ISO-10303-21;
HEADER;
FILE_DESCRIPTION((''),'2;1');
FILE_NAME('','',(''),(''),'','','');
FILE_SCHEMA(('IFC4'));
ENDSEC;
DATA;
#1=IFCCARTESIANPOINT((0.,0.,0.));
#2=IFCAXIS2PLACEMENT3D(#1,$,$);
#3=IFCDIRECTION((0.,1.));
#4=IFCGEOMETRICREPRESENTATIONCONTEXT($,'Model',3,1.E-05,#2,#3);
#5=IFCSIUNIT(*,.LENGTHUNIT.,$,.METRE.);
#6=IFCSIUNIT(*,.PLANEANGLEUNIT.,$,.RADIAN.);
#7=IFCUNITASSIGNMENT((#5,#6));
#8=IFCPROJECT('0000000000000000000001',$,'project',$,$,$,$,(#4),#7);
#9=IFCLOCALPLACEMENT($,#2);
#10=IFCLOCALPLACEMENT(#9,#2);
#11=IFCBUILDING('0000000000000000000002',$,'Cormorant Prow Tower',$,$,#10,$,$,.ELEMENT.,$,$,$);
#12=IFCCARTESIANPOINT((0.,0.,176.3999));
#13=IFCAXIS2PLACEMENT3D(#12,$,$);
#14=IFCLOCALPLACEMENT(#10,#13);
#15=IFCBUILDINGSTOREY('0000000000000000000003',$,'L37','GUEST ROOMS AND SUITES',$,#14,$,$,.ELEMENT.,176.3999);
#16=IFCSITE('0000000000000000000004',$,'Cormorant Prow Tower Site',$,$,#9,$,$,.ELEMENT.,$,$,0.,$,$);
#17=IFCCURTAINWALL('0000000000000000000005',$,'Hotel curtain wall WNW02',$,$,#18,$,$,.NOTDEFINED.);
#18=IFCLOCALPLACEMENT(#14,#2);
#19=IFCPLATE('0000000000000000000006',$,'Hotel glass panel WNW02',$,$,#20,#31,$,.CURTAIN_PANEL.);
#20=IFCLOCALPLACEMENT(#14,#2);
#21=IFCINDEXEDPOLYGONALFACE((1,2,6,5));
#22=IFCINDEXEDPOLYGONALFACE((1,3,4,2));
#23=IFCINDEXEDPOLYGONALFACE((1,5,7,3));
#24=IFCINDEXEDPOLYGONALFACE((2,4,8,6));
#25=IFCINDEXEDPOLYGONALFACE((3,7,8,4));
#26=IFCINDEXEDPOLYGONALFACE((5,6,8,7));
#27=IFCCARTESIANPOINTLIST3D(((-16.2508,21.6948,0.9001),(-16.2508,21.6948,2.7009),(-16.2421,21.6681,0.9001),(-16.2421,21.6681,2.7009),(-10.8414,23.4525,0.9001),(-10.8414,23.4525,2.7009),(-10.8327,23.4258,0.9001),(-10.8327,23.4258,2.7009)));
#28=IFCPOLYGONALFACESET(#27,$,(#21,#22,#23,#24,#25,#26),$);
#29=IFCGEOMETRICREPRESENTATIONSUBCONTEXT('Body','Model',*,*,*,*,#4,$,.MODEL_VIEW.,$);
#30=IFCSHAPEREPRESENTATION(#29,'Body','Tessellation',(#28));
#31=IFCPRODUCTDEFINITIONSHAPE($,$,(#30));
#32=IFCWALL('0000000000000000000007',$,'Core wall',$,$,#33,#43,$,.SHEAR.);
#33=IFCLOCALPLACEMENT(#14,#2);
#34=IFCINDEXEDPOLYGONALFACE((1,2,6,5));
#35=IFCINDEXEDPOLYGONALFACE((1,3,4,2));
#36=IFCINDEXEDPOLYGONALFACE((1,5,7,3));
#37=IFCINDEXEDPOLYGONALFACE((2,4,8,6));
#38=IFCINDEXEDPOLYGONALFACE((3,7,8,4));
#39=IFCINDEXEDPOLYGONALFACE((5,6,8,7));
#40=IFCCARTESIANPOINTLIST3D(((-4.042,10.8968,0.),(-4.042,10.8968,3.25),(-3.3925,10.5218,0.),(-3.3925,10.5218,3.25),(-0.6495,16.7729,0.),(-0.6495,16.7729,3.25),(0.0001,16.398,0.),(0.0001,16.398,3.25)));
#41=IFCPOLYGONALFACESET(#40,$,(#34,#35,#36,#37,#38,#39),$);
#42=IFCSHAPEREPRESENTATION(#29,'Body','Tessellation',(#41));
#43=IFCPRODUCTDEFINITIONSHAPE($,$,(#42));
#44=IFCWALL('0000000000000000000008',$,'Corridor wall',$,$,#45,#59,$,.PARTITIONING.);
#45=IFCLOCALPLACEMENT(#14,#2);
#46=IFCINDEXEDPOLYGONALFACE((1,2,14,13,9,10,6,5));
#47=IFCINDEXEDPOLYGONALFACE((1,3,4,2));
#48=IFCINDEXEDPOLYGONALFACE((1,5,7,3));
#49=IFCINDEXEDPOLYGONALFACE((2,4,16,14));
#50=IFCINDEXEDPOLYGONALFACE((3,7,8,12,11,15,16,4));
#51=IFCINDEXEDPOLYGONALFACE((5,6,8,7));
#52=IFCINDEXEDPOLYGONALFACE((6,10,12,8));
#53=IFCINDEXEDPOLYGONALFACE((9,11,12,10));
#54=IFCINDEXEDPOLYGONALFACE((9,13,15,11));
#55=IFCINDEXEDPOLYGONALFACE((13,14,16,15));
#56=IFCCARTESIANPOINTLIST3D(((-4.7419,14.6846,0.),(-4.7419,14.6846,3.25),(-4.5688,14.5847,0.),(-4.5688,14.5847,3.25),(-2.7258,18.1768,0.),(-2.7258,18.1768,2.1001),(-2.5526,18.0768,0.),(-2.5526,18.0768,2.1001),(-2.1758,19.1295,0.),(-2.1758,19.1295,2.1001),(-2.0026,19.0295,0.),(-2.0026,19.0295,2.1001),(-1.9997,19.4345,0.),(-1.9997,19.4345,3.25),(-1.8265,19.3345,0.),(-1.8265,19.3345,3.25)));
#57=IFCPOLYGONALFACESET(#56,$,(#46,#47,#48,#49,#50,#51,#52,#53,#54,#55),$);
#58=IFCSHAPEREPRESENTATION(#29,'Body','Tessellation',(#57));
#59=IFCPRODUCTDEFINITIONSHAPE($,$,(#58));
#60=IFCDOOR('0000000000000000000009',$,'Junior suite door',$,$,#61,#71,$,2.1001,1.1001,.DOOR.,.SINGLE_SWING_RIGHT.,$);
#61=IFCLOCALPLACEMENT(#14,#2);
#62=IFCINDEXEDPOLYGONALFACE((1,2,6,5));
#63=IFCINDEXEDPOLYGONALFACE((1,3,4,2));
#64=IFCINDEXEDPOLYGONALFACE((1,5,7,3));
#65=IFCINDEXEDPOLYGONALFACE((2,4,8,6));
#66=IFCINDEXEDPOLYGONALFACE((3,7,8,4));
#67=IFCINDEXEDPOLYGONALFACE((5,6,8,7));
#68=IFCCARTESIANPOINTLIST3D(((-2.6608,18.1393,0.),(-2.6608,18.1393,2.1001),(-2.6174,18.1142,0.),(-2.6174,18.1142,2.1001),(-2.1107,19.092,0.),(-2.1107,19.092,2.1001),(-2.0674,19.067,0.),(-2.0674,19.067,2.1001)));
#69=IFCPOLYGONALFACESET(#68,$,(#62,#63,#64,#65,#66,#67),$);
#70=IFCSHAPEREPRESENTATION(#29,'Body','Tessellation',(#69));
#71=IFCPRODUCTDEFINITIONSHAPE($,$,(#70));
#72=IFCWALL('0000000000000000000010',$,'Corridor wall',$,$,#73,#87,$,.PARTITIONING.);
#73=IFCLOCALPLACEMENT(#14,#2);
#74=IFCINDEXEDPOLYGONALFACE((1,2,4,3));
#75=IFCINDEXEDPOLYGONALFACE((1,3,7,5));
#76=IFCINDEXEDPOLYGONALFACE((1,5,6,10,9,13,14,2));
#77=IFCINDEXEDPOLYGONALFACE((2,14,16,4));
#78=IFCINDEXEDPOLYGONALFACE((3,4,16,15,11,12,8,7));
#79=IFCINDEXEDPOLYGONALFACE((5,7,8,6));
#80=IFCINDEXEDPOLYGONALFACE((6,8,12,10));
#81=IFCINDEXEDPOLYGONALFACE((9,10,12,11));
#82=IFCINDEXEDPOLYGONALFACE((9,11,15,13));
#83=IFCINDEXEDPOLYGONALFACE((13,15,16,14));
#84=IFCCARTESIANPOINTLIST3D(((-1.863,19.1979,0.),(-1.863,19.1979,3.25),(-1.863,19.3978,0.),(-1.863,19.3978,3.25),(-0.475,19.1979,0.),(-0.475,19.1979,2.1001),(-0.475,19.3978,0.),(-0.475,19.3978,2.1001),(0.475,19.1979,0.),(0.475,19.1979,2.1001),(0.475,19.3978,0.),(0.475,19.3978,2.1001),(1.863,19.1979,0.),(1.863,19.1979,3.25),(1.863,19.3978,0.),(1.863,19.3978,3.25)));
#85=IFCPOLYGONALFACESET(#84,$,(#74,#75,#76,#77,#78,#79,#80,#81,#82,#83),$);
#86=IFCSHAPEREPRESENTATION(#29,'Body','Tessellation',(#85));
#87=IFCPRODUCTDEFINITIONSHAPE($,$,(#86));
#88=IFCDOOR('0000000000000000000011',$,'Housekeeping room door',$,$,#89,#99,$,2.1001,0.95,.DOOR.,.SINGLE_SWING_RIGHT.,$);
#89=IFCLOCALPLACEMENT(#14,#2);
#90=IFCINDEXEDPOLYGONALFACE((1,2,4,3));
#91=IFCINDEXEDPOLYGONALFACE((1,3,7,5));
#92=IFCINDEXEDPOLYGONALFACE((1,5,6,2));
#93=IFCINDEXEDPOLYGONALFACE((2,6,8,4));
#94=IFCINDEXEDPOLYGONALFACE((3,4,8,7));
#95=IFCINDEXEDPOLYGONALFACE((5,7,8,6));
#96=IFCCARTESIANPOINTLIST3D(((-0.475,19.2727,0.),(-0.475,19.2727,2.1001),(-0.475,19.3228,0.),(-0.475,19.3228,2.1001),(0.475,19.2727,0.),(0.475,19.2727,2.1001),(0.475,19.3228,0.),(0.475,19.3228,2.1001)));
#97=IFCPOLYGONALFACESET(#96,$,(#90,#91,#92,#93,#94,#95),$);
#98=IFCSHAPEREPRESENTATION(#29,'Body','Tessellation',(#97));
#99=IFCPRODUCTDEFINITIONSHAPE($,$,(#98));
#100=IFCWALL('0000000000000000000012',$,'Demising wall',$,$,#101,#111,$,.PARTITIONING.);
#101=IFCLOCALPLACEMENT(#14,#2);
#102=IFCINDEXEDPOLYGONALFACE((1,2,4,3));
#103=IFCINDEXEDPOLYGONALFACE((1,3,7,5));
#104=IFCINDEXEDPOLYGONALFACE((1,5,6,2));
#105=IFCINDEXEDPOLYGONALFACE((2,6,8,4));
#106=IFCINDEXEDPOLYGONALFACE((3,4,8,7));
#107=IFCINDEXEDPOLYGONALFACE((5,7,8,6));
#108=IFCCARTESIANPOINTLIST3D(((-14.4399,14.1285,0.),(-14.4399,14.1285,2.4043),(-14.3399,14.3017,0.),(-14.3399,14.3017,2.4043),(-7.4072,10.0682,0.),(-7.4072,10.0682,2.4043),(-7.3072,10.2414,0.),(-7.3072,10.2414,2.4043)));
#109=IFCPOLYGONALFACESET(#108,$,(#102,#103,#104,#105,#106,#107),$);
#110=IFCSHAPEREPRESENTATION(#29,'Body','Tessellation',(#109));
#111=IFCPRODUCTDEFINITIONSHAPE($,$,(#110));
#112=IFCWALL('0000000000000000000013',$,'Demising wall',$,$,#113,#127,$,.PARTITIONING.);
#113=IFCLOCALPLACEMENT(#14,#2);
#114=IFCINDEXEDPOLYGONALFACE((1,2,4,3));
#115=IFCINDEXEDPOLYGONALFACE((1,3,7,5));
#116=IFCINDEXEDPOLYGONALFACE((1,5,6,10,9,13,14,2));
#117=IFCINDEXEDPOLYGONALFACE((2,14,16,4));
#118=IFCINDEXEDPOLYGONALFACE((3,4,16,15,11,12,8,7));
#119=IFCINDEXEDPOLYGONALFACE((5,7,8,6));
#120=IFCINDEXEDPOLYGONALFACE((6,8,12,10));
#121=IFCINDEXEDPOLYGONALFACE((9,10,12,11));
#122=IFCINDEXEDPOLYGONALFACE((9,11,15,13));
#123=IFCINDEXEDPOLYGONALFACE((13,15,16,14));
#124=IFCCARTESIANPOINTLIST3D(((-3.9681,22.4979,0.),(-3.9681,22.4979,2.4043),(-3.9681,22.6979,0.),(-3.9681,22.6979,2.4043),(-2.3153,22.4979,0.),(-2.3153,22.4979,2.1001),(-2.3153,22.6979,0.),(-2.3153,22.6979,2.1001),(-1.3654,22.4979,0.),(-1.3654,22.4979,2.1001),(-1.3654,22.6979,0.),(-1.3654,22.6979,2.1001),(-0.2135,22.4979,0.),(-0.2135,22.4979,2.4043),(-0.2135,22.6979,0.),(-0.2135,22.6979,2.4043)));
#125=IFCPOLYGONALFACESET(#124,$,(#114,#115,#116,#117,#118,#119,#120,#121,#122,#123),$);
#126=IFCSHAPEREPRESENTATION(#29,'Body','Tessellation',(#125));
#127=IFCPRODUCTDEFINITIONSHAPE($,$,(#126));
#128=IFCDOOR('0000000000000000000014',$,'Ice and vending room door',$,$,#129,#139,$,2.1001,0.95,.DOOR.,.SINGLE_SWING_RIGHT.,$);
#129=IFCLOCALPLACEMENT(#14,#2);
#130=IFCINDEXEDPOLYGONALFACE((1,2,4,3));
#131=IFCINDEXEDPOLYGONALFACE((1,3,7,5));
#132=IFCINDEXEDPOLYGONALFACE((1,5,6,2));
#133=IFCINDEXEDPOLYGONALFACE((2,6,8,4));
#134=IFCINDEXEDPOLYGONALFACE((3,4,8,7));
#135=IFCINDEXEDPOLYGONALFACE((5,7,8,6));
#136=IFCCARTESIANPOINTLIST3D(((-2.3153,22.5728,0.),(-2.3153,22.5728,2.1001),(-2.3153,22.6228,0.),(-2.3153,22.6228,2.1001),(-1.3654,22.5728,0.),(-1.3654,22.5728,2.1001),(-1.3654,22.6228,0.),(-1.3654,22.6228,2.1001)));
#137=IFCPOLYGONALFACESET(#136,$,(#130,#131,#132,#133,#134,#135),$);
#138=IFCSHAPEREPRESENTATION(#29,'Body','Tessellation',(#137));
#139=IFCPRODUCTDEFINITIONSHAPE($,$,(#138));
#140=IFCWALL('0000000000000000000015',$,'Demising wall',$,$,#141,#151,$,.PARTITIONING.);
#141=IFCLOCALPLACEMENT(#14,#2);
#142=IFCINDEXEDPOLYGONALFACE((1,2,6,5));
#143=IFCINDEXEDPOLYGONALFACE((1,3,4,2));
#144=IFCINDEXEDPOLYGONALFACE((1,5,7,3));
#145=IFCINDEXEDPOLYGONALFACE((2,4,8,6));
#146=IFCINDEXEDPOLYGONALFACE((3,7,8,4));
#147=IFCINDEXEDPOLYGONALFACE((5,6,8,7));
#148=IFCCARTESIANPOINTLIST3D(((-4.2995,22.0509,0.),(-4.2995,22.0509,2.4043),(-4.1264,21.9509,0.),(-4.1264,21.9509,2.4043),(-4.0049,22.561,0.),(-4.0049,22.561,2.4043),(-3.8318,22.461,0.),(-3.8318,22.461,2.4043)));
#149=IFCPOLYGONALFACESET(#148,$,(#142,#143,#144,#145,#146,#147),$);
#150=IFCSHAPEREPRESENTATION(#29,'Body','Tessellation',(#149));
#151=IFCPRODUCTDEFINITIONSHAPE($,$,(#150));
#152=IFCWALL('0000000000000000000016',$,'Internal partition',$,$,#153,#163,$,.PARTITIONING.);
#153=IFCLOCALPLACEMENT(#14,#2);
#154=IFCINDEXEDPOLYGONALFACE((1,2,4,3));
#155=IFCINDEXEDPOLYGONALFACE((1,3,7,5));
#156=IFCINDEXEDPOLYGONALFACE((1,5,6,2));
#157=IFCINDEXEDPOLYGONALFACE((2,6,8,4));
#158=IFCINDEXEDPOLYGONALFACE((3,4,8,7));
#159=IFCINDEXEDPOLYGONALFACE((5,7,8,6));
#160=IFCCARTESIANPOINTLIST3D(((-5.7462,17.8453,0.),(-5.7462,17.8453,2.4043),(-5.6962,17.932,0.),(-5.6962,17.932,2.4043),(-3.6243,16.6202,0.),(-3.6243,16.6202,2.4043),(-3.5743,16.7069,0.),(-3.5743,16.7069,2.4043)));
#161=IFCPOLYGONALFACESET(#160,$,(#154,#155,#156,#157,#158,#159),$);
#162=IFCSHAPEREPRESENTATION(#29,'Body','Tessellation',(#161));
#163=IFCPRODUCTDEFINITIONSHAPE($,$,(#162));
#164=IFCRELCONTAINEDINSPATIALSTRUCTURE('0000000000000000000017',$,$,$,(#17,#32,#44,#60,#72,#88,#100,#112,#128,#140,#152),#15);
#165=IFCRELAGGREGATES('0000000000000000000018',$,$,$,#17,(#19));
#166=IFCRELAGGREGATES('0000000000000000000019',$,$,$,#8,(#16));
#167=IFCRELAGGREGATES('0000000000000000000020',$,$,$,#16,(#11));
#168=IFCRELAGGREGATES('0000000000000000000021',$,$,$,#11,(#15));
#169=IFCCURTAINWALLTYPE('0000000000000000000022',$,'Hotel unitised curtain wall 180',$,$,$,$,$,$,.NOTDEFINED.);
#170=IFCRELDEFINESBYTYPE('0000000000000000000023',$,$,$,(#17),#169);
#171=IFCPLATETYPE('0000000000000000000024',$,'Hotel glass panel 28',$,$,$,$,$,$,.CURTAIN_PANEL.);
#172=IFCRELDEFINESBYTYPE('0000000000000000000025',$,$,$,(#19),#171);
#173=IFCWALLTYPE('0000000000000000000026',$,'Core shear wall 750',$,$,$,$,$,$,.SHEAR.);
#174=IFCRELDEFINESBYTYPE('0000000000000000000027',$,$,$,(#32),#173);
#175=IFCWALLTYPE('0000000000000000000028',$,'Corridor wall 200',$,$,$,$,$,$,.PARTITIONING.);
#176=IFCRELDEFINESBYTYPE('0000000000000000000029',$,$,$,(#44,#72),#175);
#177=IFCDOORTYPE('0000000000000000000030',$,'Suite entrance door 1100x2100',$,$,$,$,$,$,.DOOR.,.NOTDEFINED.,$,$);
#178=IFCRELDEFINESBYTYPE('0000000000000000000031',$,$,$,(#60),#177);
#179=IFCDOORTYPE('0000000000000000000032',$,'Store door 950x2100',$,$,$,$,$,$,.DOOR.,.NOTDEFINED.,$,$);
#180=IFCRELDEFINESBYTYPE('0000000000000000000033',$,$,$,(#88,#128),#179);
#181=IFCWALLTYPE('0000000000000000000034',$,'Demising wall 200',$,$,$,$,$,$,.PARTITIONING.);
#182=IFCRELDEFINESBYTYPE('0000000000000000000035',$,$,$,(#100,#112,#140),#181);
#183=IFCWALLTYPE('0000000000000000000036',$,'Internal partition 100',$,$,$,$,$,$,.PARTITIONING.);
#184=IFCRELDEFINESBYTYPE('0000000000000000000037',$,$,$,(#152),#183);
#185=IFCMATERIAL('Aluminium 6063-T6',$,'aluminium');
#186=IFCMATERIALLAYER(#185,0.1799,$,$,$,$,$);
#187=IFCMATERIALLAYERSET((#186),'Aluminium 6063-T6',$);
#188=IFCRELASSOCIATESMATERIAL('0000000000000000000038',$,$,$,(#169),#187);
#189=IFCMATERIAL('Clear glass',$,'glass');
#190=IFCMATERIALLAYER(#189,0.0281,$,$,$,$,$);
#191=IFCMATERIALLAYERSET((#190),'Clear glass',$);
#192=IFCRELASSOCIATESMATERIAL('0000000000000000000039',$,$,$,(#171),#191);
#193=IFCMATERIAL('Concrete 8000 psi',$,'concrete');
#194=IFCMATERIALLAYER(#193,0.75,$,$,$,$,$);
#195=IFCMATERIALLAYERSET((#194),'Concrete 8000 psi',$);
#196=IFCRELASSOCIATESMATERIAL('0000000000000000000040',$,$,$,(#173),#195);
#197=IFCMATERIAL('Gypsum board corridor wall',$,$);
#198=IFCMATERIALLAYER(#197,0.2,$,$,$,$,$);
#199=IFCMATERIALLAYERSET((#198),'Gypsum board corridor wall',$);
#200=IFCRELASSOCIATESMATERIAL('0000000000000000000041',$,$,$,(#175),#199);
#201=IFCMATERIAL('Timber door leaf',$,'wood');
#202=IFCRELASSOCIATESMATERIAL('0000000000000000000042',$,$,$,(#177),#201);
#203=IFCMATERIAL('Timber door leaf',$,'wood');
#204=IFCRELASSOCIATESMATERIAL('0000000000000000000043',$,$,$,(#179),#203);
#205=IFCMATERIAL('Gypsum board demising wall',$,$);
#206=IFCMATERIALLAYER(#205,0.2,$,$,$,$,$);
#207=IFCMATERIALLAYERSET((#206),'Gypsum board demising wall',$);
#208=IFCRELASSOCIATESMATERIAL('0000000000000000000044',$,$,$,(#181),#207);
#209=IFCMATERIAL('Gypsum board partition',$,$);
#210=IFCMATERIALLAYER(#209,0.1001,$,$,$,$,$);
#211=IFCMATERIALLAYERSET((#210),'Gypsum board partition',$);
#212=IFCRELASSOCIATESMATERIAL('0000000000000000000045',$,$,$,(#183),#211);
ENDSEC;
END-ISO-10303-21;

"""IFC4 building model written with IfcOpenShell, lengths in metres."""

from ifc_helpers import new_model, si_unit, direction, frame, frame_2d, origin, origin_2d, place, context, subcontext, project, spatial, rectangle, extrude, material, layer, layer_set, type_object, element, fill, aggregate, save


model = new_model("IFC4")

# Units and contexts
model_context = context("Model", 3, precision=1e-05, world=origin(), true_north=direction((0.0, 1.0)))
body_context = subcontext(model_context, "Body", "Model", "MODEL_VIEW")
ifc_project = project(units=[si_unit("LENGTHUNIT", "METRE"), si_unit("PLANEANGLEUNIT", "RADIAN")], contexts=[model_context])

# Site, building, storey
site_placement = place(None, origin())
site = spatial("IfcSite", under=ifc_project, at=site_placement, Name="Cormorant Prow Tower Site", CompositionType="ELEMENT", RefElevation=0.0)
building_placement = place(site_placement, origin())
building = spatial("IfcBuilding", under=site, at=building_placement, Name="Cormorant Prow Tower", CompositionType="ELEMENT")
storey_placement = place(building_placement, frame((0.0, 0.0, 176.3999)))
storey = spatial("IfcBuildingStorey", under=building, at=storey_placement, Name="L37", Description="GUEST ROOMS AND SUITES", CompositionType="ELEMENT", Elevation=176.3999)

# Shared definitions
ifc_material_1 = material(Name="Aluminium 6063-T6", Category="aluminium")
ifc_layer_1 = layer(ifc_material_1, 0.1799)
ifc_layer_set_1 = layer_set([ifc_layer_1], Name="Aluminium 6063-T6")
curtain_wall_type = type_object("IfcCurtainWallType", Name="Hotel unitised curtain wall 180", PredefinedType="NOTDEFINED", material=ifc_layer_set_1)

# Curtain wall, plate
curtain_wall_1_placement = place(storey_placement, origin())
curtain_wall_1 = element("IfcCurtainWall", 1, at=curtain_wall_1_placement, inside=storey, type_object=curtain_wall_type, Name="Hotel curtain wall WNW02", PredefinedType="NOTDEFINED")
ifc_material_2 = material(Name="Clear glass", Category="glass")
ifc_layer_2 = layer(ifc_material_2, 0.0281)
ifc_layer_set_2 = layer_set([ifc_layer_2], Name="Clear glass")
plate_type = type_object("IfcPlateType", Name="Hotel glass panel 28", PredefinedType="CURTAIN_PANEL", material=ifc_layer_set_2)
plate_placement = place(storey_placement, frame((-13.5417, 22.5603, 0.9001), z_axis=(0.0, 0.0, 1.0), x_axis=(-0.951056, -0.309017, 0.0)))
plate = element("IfcPlate", 2, at=plate_placement, type_object=plate_type, Name="Hotel glass panel WNW02", PredefinedType="CURTAIN_PANEL", context=body_context, shape_type="SweptSolid", body=[
    extrude(rectangle(XDim=5.6877, YDim=0.0281, at=origin_2d()), origin(), (0.0, 0.0, 1.0), 1.8008),
])
aggregate(curtain_wall_1, [plate])

# Wall
ifc_material_3 = material(Name="Concrete 8000 psi", Category="concrete")
ifc_layer_3 = layer(ifc_material_3, 0.75)
ifc_layer_set_3 = layer_set([ifc_layer_3], Name="Concrete 8000 psi")
wall_type_1 = type_object("IfcWallType", Name="Core shear wall 750", PredefinedType="SHEAR", material=ifc_layer_set_3)
wall_1_placement = place(storey_placement, frame((-0.3247, 16.5854, 0.0), z_axis=(0.0, 0.0, 1.0), x_axis=(-0.499993, -0.866029, 0.0)))
element("IfcWall", 3, at=wall_1_placement, inside=storey, type_object=wall_type_1, Name="Core wall", PredefinedType="SHEAR", context=body_context, shape_type="SweptSolid", body=[
    extrude(rectangle(XDim=6.7852, YDim=0.75, at=frame_2d((3.3926, 0.0))), origin(), (0.0, 0.0, 1.0), 3.25),
])

# Walls, openings, doors
ifc_material_4 = material(Name="Gypsum board corridor wall")
ifc_layer_4 = layer(ifc_material_4, 0.2)
ifc_layer_set_4 = layer_set([ifc_layer_4], Name="Gypsum board corridor wall")
wall_type_2 = type_object("IfcWallType", Name="Corridor wall 200", PredefinedType="PARTITIONING", material=ifc_layer_set_4)
wall_2_placement = place(storey_placement, frame((-4.6553, 14.6348, 0.0), z_axis=(0.0, 0.0, 1.0), x_axis=(0.499988, 0.866032, 0.0)))
wall_2 = element("IfcWall", 4, at=wall_2_placement, inside=storey, type_object=wall_type_2, Name="Corridor wall", PredefinedType="PARTITIONING", context=body_context, shape_type="SweptSolid", body=[
    extrude(rectangle(XDim=5.4846, YDim=0.2, at=frame_2d((2.7422, 0.0))), origin(), (0.0, 0.0, 1.0), 3.25),
])
opening_1_placement = place(wall_2_placement, frame((4.0322, 0.0, 0.0)))
opening_1 = element("IfcOpeningElement", 5, at=opening_1_placement, cuts=wall_2, PredefinedType="OPENING", context=body_context, shape_type="SweptSolid", body=[
    extrude(rectangle(XDim=1.1001, YDim=2.1001, at=frame_2d((0.55, 1.05))), frame((0.0, 0.1099, 0.0), z_axis=(0.0, -1.0, 0.0), x_axis=(1.0, 0.0, 0.0)), (0.0, 0.0, 1.0), 0.22),
])
ifc_material_5 = material(Name="Timber door leaf", Category="wood")
door_type_1 = type_object("IfcDoorType", Name="Suite entrance door 1100x2100", OperationType="NOTDEFINED", PredefinedType="DOOR", material=ifc_material_5)
door_1_placement = place(opening_1_placement, origin())
door_1 = element("IfcDoor", 6, at=door_1_placement, inside=storey, type_object=door_type_1, Name="Junior suite door", OperationType="SINGLE_SWING_RIGHT", OverallHeight=2.1001, OverallWidth=1.1001, PredefinedType="DOOR", context=body_context, shape_type="SweptSolid", body=[
    extrude(rectangle(XDim=1.1001, YDim=2.1001, at=frame_2d((0.55, 1.05))), frame((0.0, 0.0249, 0.0), z_axis=(0.0, -1.0, 0.0), x_axis=(1.0, 0.0, 0.0)), (0.0, 0.0, 1.0), 0.05),
])
fill(opening_1, door_1)
wall_3_placement = place(storey_placement, frame((-1.863, 19.2979, 0.0), z_axis=(0.0, 0.0, 1.0), x_axis=(1.0, 0.0, 0.0)))
wall_3 = element("IfcWall", 7, at=wall_3_placement, inside=storey, type_object=wall_type_2, Name="Corridor wall", PredefinedType="PARTITIONING", context=body_context, shape_type="SweptSolid", body=[
    extrude(rectangle(XDim=3.7261, YDim=0.2, at=frame_2d((1.863, 0.0))), origin(), (0.0, 0.0, 1.0), 3.25),
])
opening_2_placement = place(wall_3_placement, frame((1.3879, 0.0, 0.0)))
opening_2 = element("IfcOpeningElement", 8, at=opening_2_placement, cuts=wall_3, PredefinedType="OPENING", context=body_context, shape_type="SweptSolid", body=[
    extrude(rectangle(XDim=0.95, YDim=2.1001, at=frame_2d((0.4751, 1.05))), frame((0.0, 0.1099, 0.0), z_axis=(0.0, -1.0, 0.0), x_axis=(1.0, 0.0, 0.0)), (0.0, 0.0, 1.0), 0.22),
])
ifc_material_6 = material(Name="Timber door leaf", Category="wood")
door_type_2 = type_object("IfcDoorType", Name="Store door 950x2100", OperationType="NOTDEFINED", PredefinedType="DOOR", material=ifc_material_6)
door_2_placement = place(opening_2_placement, origin())
door_2 = element("IfcDoor", 9, at=door_2_placement, inside=storey, type_object=door_type_2, Name="Housekeeping room door", OperationType="SINGLE_SWING_RIGHT", OverallHeight=2.1001, OverallWidth=0.95, PredefinedType="DOOR", context=body_context, shape_type="SweptSolid", body=[
    extrude(rectangle(XDim=0.95, YDim=2.1001, at=frame_2d((0.4751, 1.05))), frame((0.0, 0.0249, 0.0), z_axis=(0.0, -1.0, 0.0), x_axis=(1.0, 0.0, 0.0)), (0.0, 0.0, 1.0), 0.05),
])
fill(opening_2, door_2)

# Wall
ifc_material_7 = material(Name="Gypsum board demising wall")
ifc_layer_5 = layer(ifc_material_7, 0.2)
ifc_layer_set_5 = layer_set([ifc_layer_5], Name="Gypsum board demising wall")
wall_type_3 = type_object("IfcWallType", Name="Demising wall 200", PredefinedType="PARTITIONING", material=ifc_layer_set_5)
wall_4_placement = place(storey_placement, frame((-14.3899, 14.2151, 0.0), z_axis=(0.0, 0.0, 1.0), x_axis=(0.866027, -0.499997, 0.0)))
element("IfcWall", 10, at=wall_4_placement, inside=storey, type_object=wall_type_3, Name="Demising wall", PredefinedType="PARTITIONING", context=body_context, shape_type="SweptSolid", body=[
    extrude(rectangle(XDim=8.1206, YDim=0.2, at=frame_2d((4.0603, 0.0))), origin(), (0.0, 0.0, 1.0), 2.4043),
])

# Wall, opening, door
wall_5_placement = place(storey_placement, frame((-3.9683, 22.5979, 0.0), z_axis=(0.0, 0.0, 1.0), x_axis=(1.0, 0.0, 0.0)))
wall_5 = element("IfcWall", 11, at=wall_5_placement, inside=storey, type_object=wall_type_3, Name="Demising wall", PredefinedType="PARTITIONING", context=body_context, shape_type="SweptSolid", body=[
    extrude(rectangle(XDim=3.7546, YDim=0.2, at=frame_2d((1.8774, 0.0))), origin(), (0.0, 0.0, 1.0), 2.4043),
])
opening_3_placement = place(wall_5_placement, frame((1.6528, 0.0, 0.0)))
opening_3 = element("IfcOpeningElement", 12, at=opening_3_placement, cuts=wall_5, PredefinedType="OPENING", context=body_context, shape_type="SweptSolid", body=[
    extrude(rectangle(XDim=0.95, YDim=2.1001, at=frame_2d((0.4751, 1.05))), frame((0.0, 0.1099, 0.0), z_axis=(0.0, -1.0, 0.0), x_axis=(1.0, 0.0, 0.0)), (0.0, 0.0, 1.0), 0.22),
])
door_3_placement = place(opening_3_placement, origin())
door_3 = element("IfcDoor", 13, at=door_3_placement, inside=storey, type_object=door_type_2, Name="Ice and vending room door", OperationType="SINGLE_SWING_RIGHT", OverallHeight=2.1001, OverallWidth=0.95, PredefinedType="DOOR", context=body_context, shape_type="SweptSolid", body=[
    extrude(rectangle(XDim=0.95, YDim=2.1001, at=frame_2d((0.4751, 1.05))), frame((0.0, 0.0249, 0.0), z_axis=(0.0, -1.0, 0.0), x_axis=(1.0, 0.0, 0.0)), (0.0, 0.0, 1.0), 0.05),
])
fill(opening_3, door_3)

# Walls
wall_6_placement = place(storey_placement, frame((-4.2129, 22.001, 0.0), z_axis=(0.0, 0.0, 1.0), x_axis=(0.500105, 0.865965, 0.0)))
element("IfcWall", 14, at=wall_6_placement, inside=storey, type_object=wall_type_3, Name="Demising wall", PredefinedType="PARTITIONING", context=body_context, shape_type="SweptSolid", body=[
    extrude(rectangle(XDim=0.5891, YDim=0.2, at=frame_2d((0.2944, 0.0))), origin(), (0.0, 0.0, 1.0), 2.4043),
])
ifc_material_8 = material(Name="Gypsum board partition")
ifc_layer_6 = layer(ifc_material_8, 0.1001)
ifc_layer_set_6 = layer_set([ifc_layer_6], Name="Gypsum board partition")
wall_type_4 = type_object("IfcWallType", Name="Internal partition 100", PredefinedType="PARTITIONING", material=ifc_layer_set_6)
wall_7_placement = place(storey_placement, frame((-5.7212, 17.8887, 0.0), z_axis=(0.0, 0.0, 1.0), x_axis=(0.866015, -0.500019, 0.0)))
element("IfcWall", 15, at=wall_7_placement, inside=storey, type_object=wall_type_4, Name="Internal partition", PredefinedType="PARTITIONING", context=body_context, shape_type="SweptSolid", body=[
    extrude(rectangle(XDim=2.4502, YDim=0.1001, at=frame_2d((1.2251, 0.0))), origin(), (0.0, 0.0, 1.0), 2.4043),
])

save(model, "model.ifc")
